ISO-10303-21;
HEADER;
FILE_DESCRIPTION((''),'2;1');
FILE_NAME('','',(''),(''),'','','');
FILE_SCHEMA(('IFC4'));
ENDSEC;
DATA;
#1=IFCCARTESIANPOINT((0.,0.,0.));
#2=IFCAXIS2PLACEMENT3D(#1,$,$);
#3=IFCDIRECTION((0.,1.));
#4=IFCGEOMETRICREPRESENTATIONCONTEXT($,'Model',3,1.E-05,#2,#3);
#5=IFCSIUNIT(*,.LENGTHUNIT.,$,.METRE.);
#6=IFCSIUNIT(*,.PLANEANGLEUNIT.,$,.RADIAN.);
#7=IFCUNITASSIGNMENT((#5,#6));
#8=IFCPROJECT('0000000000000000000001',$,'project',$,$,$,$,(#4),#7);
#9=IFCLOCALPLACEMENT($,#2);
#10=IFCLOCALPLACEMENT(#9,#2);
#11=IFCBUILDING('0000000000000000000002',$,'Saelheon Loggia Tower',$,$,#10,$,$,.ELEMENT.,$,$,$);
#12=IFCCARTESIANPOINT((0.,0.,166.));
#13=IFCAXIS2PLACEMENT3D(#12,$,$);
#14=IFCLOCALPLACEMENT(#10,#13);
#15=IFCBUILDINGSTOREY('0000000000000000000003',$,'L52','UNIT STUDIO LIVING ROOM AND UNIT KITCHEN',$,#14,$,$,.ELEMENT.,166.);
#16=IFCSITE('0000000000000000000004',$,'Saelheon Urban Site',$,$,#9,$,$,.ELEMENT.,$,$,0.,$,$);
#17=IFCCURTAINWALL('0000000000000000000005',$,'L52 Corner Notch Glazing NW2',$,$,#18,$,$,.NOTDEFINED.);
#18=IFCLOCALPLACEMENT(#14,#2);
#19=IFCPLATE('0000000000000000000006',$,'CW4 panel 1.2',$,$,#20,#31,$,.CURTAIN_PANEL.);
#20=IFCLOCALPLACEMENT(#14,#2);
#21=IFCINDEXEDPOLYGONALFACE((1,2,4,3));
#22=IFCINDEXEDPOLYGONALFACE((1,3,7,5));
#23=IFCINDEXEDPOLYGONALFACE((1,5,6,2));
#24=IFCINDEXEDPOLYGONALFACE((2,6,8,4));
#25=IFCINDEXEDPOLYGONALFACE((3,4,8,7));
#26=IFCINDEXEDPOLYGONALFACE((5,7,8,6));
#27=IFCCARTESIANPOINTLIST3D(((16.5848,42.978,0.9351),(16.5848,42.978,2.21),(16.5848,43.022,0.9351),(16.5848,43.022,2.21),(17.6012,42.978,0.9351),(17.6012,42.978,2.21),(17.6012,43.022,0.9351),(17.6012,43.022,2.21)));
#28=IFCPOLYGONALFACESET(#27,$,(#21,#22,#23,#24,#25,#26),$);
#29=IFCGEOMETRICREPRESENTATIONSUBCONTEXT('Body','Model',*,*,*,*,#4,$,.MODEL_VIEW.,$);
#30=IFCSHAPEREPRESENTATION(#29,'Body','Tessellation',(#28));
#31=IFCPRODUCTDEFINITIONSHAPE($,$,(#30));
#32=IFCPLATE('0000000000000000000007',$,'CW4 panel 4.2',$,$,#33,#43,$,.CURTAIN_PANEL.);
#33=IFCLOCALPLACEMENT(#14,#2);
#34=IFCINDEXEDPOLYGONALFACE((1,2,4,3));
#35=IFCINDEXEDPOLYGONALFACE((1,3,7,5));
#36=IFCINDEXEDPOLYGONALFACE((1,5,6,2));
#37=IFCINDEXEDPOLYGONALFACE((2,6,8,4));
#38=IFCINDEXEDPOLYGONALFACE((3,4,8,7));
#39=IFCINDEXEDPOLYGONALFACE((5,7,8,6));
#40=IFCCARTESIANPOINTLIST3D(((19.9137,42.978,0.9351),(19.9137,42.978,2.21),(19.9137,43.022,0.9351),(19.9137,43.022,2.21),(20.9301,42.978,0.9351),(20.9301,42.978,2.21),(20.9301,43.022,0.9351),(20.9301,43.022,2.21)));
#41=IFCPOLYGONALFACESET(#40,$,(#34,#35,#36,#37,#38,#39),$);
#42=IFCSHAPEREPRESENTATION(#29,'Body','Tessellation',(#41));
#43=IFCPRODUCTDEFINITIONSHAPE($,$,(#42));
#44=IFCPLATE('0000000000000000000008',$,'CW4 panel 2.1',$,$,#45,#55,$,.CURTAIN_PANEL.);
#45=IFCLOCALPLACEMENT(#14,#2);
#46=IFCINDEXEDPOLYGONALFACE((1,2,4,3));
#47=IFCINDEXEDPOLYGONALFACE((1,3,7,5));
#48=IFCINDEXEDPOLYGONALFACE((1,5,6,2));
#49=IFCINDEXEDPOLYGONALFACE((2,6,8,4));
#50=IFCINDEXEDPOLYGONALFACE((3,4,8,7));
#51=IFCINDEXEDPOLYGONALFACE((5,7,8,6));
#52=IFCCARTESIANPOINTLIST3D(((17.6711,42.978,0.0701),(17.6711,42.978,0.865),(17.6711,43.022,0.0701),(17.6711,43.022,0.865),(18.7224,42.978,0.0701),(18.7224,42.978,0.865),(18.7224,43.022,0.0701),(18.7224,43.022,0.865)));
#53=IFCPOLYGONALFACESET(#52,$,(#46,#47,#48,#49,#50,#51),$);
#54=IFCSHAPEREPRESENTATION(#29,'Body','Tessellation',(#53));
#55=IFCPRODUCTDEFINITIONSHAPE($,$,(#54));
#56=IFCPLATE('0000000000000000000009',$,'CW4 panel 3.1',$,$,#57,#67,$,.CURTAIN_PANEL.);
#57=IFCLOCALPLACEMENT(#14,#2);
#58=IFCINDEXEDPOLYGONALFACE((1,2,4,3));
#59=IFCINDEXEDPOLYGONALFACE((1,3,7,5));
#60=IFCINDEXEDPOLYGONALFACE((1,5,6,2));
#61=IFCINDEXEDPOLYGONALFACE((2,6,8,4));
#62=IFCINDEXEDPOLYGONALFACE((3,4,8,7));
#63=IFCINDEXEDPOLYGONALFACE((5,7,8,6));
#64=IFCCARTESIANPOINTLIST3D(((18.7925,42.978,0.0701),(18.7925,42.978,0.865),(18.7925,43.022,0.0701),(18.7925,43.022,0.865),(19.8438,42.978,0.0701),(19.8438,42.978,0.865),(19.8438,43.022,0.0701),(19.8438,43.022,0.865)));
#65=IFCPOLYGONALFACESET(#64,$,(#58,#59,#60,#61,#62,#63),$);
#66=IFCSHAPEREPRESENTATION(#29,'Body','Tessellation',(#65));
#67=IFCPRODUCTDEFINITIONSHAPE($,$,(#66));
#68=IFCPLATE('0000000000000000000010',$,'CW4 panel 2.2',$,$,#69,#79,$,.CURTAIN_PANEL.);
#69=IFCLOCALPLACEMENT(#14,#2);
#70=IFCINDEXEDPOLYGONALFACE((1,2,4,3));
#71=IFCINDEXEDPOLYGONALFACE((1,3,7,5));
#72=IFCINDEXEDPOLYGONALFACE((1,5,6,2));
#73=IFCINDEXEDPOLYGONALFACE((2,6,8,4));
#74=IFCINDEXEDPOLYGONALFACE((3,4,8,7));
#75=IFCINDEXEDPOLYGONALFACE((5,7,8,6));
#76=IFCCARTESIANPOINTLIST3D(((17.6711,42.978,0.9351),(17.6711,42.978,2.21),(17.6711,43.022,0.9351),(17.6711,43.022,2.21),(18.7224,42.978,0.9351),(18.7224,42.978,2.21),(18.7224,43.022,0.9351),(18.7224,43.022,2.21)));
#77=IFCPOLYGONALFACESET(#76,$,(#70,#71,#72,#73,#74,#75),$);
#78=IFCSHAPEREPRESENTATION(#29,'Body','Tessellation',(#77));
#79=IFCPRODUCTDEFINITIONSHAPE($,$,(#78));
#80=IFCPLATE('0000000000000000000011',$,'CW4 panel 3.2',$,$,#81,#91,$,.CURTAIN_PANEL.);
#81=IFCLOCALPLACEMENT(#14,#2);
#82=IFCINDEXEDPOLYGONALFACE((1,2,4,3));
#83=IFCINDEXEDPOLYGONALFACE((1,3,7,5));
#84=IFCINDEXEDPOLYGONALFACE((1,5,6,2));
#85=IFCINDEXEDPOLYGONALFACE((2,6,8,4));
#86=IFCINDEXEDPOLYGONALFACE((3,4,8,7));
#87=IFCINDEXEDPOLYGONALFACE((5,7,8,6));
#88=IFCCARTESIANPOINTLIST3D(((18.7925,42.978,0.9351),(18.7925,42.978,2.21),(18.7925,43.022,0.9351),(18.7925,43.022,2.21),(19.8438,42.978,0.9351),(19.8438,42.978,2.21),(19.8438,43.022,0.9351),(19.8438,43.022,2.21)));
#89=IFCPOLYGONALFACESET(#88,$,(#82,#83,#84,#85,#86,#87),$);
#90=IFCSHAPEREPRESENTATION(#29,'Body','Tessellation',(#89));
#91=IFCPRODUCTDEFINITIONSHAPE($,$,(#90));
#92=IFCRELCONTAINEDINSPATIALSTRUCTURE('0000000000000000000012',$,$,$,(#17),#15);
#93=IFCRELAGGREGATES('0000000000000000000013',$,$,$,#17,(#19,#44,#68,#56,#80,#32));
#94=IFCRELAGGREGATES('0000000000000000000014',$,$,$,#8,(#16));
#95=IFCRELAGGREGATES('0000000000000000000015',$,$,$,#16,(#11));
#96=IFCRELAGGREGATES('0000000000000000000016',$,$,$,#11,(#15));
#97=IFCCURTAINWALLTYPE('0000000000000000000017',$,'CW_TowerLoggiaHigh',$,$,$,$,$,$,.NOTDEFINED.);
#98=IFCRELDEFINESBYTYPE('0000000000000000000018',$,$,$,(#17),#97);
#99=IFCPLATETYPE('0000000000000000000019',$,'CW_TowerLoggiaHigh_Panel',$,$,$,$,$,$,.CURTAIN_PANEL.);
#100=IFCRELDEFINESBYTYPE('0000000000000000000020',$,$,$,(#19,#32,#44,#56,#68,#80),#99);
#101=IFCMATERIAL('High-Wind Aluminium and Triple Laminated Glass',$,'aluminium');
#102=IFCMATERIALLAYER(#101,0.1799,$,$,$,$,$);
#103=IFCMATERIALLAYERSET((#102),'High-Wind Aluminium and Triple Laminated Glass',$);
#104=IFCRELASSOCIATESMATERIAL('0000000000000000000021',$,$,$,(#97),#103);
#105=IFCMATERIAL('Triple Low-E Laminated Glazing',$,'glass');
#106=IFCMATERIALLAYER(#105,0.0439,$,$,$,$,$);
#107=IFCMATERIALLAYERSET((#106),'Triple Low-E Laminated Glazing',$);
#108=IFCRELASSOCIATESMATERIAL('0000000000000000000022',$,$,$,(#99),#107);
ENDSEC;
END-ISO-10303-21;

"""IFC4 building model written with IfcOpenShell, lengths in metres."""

from ifc_helpers import new_model, si_unit, direction, frame, origin, origin_2d, place, context, subcontext, project, spatial, rectangle, extrude, source, transform, mapped, material, layer, layer_set, type_object, element, aggregate, save


model = new_model("IFC4")

# Units and contexts
model_context = context("Model", 3, precision=1e-05, world=origin(), true_north=direction((0.0, 1.0)))
body_context = subcontext(model_context, "Body", "Model", "MODEL_VIEW")
ifc_project = project(units=[si_unit("LENGTHUNIT", "METRE"), si_unit("PLANEANGLEUNIT", "RADIAN")], contexts=[model_context])

# Site, building, storey
site_placement = place(None, origin())
site = spatial("IfcSite", under=ifc_project, at=site_placement, Name="Saelheon Urban Site", CompositionType="ELEMENT", RefElevation=0.0)
building_placement = place(site_placement, origin())
building = spatial("IfcBuilding", under=site, at=building_placement, Name="Saelheon Loggia Tower", CompositionType="ELEMENT")
storey_placement = place(building_placement, frame((0.0, 0.0, 166.0)))
storey = spatial("IfcBuildingStorey", under=building, at=storey_placement, Name="L52", Description="UNIT STUDIO LIVING ROOM AND UNIT KITCHEN", CompositionType="ELEMENT", Elevation=166.0)

# Shared definitions
ifc_material_1 = material(Name="High-Wind Aluminium and Triple Laminated Glass", Category="aluminium")
ifc_layer_1 = layer(ifc_material_1, 0.1799)
ifc_layer_set_1 = layer_set([ifc_layer_1], Name="High-Wind Aluminium and Triple Laminated Glass")
curtain_wall_type = type_object("IfcCurtainWallType", Name="CW_TowerLoggiaHigh", PredefinedType="NOTDEFINED", material=ifc_layer_set_1)

# Curtain wall
curtain_wall_1_placement = place(storey_placement, origin())
curtain_wall_1 = element("IfcCurtainWall", 1, at=curtain_wall_1_placement, inside=storey, type_object=curtain_wall_type, Name="L52 Corner Notch Glazing NW2", PredefinedType="NOTDEFINED")

# Plates
ifc_material_2 = material(Name="Triple Low-E Laminated Glazing", Category="glass")
ifc_layer_2 = layer(ifc_material_2, 0.0439)
ifc_layer_set_2 = layer_set([ifc_layer_2], Name="Triple Low-E Laminated Glazing")
plate_type = type_object("IfcPlateType", Name="CW_TowerLoggiaHigh_Panel", PredefinedType="CURTAIN_PANEL", material=ifc_layer_set_2)
shared_shape_1 = source(origin(), body_context, "Body", "SweptSolid", [
    extrude(rectangle(XDim=1.0164, YDim=0.0439, at=origin_2d()), origin(), (0.0, 0.0, 1.0), 1.2749),
])
plate_1_placement = place(storey_placement, frame((17.093, 43.0, 0.9351), z_axis=(0.0, 0.0, 1.0), x_axis=(1.0, 0.0, 0.0)))
plate_1 = element("IfcPlate", 2, at=plate_1_placement, type_object=plate_type, Name="CW4 panel 1.2", PredefinedType="CURTAIN_PANEL", context=body_context, shape_type="MappedRepresentation", body=[
    mapped(shared_shape_1, transform((0.0, 0.0, 0.0), scale=1.0)),
])
plate_2_placement = place(storey_placement, frame((20.4219, 43.0, 0.9351), z_axis=(0.0, 0.0, 1.0), x_axis=(1.0, 0.0, 0.0)))
plate_2 = element("IfcPlate", 3, at=plate_2_placement, type_object=plate_type, Name="CW4 panel 4.2", PredefinedType="CURTAIN_PANEL", context=body_context, shape_type="MappedRepresentation", body=[
    mapped(shared_shape_1, transform((0.0, 0.0, 0.0), scale=1.0)),
])
shared_shape_2 = source(origin(), body_context, "Body", "SweptSolid", [
    extrude(rectangle(XDim=1.0513, YDim=0.0439, at=origin_2d()), origin(), (0.0, 0.0, 1.0), 0.7949),
])
plate_3_placement = place(storey_placement, frame((18.1968, 43.0, 0.0701), z_axis=(0.0, 0.0, 1.0), x_axis=(1.0, 0.0, 0.0)))
plate_3 = element("IfcPlate", 4, at=plate_3_placement, type_object=plate_type, Name="CW4 panel 2.1", PredefinedType="CURTAIN_PANEL", context=body_context, shape_type="MappedRepresentation", body=[
    mapped(shared_shape_2, transform((0.0, 0.0, 0.0), scale=1.0)),
])
plate_4_placement = place(storey_placement, frame((19.3181, 43.0, 0.0701), z_axis=(0.0, 0.0, 1.0), x_axis=(1.0, 0.0, 0.0)))
plate_4 = element("IfcPlate", 5, at=plate_4_placement, type_object=plate_type, Name="CW4 panel 3.1", PredefinedType="CURTAIN_PANEL", context=body_context, shape_type="MappedRepresentation", body=[
    mapped(shared_shape_2, transform((0.0, 0.0, 0.0), scale=1.0)),
])
shared_shape_3 = source(origin(), body_context, "Body", "SweptSolid", [
    extrude(rectangle(XDim=1.0513, YDim=0.0439, at=origin_2d()), origin(), (0.0, 0.0, 1.0), 1.2749),
])
plate_5_placement = place(storey_placement, frame((18.1968, 43.0, 0.9351), z_axis=(0.0, 0.0, 1.0), x_axis=(1.0, 0.0, 0.0)))
plate_5 = element("IfcPlate", 6, at=plate_5_placement, type_object=plate_type, Name="CW4 panel 2.2", PredefinedType="CURTAIN_PANEL", context=body_context, shape_type="MappedRepresentation", body=[
    mapped(shared_shape_3, transform((0.0, 0.0, 0.0), scale=1.0)),
])
plate_6_placement = place(storey_placement, frame((19.3181, 43.0, 0.9351), z_axis=(0.0, 0.0, 1.0), x_axis=(1.0, 0.0, 0.0)))
plate_6 = element("IfcPlate", 7, at=plate_6_placement, type_object=plate_type, Name="CW4 panel 3.2", PredefinedType="CURTAIN_PANEL", context=body_context, shape_type="MappedRepresentation", body=[
    mapped(shared_shape_3, transform((0.0, 0.0, 0.0), scale=1.0)),
])
aggregate(curtain_wall_1, [plate_1, plate_3, plate_5, plate_4, plate_6, plate_2])

save(model, "model.ifc")
